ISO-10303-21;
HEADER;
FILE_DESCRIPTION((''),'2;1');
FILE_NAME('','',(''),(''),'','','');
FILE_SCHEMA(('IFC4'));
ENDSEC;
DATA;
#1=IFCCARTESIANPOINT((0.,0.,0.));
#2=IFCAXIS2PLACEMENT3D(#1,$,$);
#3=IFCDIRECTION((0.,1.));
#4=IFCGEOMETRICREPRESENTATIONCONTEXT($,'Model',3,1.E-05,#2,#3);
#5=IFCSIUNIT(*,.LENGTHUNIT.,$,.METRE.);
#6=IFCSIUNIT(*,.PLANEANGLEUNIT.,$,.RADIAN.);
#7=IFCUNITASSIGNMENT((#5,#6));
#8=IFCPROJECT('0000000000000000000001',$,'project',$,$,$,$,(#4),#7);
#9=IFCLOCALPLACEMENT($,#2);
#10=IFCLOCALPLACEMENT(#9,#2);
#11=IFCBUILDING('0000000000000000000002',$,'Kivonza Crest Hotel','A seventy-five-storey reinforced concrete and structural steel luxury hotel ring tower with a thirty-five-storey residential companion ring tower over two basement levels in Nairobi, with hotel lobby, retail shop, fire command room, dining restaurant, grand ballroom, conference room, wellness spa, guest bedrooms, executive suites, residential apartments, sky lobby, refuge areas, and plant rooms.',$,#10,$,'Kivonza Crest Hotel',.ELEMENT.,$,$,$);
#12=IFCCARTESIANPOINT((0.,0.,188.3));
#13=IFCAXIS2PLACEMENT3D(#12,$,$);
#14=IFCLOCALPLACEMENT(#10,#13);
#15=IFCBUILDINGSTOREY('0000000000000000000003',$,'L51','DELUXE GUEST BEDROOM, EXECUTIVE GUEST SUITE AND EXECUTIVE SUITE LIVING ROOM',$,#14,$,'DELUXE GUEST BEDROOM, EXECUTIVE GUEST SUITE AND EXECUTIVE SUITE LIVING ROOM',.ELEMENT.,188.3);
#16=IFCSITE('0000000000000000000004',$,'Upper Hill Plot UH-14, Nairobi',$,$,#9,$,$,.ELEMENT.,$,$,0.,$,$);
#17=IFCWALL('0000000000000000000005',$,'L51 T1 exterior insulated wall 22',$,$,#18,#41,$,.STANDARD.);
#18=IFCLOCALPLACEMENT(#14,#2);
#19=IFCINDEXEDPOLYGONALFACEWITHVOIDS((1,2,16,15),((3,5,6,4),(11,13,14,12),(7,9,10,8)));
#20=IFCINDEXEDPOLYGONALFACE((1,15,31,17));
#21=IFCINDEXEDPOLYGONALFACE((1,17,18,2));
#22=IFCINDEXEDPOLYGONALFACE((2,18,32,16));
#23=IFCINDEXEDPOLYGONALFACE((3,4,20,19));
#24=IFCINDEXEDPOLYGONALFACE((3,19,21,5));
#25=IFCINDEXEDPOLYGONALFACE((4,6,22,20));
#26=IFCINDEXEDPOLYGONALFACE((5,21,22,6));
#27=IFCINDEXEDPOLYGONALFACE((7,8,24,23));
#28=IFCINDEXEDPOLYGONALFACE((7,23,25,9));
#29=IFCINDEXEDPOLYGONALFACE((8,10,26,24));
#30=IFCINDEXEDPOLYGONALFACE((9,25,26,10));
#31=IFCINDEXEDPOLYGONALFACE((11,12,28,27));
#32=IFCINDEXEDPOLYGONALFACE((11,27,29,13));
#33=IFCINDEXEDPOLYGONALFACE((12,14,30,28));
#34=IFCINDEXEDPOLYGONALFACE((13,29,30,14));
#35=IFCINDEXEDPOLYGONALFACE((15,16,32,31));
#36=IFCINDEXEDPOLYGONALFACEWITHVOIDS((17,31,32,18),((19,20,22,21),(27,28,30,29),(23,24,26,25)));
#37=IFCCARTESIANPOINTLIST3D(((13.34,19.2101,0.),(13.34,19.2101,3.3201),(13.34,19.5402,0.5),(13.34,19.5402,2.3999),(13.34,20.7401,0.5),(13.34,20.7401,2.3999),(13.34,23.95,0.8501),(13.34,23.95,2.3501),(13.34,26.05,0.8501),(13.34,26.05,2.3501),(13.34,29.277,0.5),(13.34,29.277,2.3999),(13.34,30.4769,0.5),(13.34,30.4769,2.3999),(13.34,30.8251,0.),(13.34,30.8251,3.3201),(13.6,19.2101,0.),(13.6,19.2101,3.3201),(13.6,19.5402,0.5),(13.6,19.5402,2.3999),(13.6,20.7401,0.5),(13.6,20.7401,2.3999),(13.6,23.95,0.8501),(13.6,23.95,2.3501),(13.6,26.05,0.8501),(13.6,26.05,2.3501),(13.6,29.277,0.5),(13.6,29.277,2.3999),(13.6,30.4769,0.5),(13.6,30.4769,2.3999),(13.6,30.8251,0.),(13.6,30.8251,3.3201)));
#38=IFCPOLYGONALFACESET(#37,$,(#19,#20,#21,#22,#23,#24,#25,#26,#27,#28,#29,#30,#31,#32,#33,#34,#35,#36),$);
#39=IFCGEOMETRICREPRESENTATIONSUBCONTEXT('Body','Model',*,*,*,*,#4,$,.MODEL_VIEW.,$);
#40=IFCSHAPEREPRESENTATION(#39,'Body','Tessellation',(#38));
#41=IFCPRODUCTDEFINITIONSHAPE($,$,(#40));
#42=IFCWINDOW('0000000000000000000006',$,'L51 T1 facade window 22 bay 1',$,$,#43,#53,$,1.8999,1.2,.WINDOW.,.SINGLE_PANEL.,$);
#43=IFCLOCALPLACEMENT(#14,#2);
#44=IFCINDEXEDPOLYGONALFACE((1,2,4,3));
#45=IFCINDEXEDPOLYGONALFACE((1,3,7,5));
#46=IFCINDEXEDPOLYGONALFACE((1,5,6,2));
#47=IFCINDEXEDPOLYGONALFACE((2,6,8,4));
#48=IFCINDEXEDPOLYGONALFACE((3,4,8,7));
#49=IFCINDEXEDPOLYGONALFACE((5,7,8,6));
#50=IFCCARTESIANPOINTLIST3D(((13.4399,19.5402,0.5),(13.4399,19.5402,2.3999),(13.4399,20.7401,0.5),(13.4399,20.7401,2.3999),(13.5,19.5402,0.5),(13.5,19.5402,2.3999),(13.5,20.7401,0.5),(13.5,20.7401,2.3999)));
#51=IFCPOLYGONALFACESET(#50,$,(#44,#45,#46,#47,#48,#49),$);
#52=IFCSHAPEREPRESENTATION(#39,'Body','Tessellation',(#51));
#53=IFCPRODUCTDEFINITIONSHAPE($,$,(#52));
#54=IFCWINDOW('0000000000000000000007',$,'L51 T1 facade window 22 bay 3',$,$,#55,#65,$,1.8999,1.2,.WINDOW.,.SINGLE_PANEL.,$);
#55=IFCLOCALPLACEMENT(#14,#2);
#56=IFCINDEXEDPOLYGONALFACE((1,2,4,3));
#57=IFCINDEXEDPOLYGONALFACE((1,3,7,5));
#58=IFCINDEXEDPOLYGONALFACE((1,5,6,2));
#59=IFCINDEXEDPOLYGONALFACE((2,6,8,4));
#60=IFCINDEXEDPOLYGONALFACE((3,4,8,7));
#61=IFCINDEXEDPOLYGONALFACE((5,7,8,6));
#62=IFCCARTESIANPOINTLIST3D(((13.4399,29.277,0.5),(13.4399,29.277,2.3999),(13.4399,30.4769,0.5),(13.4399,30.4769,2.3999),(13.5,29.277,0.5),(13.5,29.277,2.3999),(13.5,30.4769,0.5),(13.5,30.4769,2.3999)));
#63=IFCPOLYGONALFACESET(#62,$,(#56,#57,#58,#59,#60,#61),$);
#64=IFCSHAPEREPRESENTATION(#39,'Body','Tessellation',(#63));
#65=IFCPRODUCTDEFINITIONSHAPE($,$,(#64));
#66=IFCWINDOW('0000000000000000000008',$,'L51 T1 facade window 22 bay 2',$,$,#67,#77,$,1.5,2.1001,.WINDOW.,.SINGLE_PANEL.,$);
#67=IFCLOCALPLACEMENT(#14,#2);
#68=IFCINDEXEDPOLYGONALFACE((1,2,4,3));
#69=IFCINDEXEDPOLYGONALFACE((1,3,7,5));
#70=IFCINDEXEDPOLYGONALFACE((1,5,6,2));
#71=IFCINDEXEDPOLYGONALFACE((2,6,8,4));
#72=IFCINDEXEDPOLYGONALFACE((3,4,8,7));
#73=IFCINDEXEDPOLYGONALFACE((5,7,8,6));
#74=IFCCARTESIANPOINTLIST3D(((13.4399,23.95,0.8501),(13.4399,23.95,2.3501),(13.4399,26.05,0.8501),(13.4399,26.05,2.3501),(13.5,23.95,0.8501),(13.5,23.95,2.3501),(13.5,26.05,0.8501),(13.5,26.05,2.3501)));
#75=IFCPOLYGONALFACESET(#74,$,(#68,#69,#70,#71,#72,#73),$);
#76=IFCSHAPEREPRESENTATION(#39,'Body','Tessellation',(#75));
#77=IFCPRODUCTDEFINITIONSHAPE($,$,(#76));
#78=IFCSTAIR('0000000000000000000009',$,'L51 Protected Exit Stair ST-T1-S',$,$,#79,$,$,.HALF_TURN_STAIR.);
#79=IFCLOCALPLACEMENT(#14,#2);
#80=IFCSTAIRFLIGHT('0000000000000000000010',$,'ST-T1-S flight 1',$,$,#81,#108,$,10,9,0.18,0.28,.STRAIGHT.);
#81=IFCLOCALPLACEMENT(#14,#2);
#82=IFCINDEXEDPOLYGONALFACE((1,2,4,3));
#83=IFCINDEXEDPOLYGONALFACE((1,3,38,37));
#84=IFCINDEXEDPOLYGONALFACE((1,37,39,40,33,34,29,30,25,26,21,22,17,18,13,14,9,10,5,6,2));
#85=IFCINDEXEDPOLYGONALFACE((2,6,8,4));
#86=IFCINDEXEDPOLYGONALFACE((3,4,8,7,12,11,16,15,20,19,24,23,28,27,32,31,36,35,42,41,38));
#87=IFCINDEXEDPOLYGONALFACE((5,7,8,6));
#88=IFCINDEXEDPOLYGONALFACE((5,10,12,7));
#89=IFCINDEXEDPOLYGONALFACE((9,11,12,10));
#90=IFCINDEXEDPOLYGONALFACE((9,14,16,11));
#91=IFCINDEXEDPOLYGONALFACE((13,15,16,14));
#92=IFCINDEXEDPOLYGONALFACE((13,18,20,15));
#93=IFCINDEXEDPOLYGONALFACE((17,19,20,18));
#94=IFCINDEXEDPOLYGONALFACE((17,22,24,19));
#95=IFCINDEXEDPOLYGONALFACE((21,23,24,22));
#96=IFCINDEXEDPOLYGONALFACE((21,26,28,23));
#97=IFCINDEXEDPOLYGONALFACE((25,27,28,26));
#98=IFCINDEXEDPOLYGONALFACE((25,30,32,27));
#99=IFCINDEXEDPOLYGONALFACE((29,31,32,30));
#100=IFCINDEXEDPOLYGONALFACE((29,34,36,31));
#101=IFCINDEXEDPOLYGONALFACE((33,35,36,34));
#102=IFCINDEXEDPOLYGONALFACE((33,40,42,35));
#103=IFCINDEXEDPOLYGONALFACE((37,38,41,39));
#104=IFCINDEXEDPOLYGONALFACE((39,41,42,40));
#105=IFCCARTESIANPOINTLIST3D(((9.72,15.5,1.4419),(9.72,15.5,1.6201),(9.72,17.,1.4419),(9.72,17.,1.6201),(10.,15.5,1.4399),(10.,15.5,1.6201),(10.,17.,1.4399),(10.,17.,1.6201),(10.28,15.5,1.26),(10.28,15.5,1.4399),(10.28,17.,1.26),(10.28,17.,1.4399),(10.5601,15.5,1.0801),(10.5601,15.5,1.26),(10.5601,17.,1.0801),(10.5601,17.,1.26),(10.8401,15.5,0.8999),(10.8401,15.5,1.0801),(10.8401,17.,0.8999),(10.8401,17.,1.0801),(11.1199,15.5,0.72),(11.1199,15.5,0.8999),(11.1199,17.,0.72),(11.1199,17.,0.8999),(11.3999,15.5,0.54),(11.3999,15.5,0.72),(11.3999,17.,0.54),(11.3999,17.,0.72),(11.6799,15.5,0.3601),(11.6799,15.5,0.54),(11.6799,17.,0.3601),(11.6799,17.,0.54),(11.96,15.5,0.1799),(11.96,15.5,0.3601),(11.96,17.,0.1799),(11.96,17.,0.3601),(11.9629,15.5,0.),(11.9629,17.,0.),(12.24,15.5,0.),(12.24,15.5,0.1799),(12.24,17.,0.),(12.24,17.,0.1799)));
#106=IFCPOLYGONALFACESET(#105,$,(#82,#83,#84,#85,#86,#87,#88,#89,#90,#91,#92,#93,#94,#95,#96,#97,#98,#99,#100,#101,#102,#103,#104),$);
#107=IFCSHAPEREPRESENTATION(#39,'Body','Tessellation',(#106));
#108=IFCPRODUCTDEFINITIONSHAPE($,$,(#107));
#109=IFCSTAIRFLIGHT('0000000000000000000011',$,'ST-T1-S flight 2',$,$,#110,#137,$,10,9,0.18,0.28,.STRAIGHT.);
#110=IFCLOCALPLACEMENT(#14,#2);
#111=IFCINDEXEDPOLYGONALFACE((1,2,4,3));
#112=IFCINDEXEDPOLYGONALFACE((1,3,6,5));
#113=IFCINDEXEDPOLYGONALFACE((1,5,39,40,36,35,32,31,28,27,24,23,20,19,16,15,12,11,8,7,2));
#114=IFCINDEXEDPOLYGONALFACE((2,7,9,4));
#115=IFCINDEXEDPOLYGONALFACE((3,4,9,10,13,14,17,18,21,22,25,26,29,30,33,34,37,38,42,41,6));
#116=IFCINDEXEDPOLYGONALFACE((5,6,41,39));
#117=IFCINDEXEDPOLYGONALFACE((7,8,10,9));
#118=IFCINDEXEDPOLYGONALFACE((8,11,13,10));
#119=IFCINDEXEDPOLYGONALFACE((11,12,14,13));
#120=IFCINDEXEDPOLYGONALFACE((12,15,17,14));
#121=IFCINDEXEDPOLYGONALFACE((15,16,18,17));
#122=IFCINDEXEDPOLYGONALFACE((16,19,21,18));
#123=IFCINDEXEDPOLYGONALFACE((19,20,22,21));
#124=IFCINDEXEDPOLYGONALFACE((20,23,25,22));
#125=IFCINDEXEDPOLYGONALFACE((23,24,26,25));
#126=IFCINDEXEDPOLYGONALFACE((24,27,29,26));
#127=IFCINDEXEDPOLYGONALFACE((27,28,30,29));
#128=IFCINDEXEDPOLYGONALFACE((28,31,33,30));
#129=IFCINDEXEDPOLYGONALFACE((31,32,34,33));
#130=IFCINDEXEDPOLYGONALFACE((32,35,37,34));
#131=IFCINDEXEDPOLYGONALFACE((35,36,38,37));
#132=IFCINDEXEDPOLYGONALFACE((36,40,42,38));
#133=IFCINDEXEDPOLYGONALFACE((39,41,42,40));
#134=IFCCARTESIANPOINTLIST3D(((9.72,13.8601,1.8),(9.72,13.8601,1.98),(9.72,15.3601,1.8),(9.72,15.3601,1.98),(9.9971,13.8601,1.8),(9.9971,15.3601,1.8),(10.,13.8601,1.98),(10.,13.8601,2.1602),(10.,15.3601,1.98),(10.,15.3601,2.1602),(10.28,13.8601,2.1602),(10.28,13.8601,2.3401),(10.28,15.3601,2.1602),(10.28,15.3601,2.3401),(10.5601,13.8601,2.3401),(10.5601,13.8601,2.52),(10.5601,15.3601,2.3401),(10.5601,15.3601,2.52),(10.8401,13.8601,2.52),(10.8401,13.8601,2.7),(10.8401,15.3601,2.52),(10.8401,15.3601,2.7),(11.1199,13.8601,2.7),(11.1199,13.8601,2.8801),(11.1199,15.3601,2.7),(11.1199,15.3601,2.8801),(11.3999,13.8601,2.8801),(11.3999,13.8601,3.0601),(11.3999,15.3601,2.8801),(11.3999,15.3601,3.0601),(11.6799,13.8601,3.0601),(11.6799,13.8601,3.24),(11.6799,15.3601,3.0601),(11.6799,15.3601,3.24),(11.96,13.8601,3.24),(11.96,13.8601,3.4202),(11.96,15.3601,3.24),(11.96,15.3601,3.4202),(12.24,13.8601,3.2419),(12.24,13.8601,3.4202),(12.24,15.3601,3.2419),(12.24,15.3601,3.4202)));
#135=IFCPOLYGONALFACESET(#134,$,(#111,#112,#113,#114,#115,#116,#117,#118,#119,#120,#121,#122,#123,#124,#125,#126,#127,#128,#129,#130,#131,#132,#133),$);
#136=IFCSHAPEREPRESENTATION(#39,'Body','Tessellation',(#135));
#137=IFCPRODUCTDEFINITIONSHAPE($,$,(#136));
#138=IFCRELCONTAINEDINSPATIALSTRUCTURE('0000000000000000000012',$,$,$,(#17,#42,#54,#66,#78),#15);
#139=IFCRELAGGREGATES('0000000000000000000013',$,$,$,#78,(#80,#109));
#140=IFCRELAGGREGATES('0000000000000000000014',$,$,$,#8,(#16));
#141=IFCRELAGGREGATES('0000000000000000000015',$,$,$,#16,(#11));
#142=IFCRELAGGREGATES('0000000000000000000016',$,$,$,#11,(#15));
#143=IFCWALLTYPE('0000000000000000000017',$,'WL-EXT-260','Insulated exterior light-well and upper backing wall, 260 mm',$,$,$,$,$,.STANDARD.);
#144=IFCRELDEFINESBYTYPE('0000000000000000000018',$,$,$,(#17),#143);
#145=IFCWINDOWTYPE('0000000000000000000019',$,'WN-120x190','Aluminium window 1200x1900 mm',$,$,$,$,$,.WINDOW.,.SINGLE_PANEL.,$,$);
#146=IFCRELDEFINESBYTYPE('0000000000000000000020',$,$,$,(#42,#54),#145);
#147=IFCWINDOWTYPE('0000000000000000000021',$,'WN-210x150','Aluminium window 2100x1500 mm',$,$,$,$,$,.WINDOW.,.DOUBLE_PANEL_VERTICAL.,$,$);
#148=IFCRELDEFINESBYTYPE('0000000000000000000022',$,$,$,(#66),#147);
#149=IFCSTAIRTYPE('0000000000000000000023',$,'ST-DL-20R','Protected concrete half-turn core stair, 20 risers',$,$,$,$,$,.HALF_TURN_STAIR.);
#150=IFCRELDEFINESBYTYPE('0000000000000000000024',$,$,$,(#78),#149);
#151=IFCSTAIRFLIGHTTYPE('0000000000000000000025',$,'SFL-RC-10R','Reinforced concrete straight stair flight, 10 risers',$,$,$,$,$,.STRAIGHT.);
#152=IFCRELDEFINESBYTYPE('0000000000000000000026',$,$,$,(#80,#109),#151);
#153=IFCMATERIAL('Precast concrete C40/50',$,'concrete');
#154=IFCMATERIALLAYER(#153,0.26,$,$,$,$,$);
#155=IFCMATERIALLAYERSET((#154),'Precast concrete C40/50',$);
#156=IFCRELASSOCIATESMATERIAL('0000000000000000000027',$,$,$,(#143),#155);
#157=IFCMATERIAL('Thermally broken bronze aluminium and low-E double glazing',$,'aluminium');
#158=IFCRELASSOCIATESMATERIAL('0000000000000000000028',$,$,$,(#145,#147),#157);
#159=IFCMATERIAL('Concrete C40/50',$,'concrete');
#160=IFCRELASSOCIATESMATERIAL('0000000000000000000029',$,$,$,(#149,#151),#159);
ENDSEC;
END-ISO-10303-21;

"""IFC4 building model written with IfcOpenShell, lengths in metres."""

from ifc_helpers import new_model, si_unit, direction, frame, frame_2d, origin, place, context, subcontext, project, spatial, polyline, rectangle, outline, extrude, material, layer, layer_set, type_object, element, fill, aggregate, save


model = new_model("IFC4")

# Units and contexts
model_context = context("Model", 3, precision=1e-05, world=origin(), true_north=direction((0.0, 1.0)))
body_context = subcontext(model_context, "Body", "Model", "MODEL_VIEW")
ifc_project = project(units=[si_unit("LENGTHUNIT", "METRE"), si_unit("PLANEANGLEUNIT", "RADIAN")], contexts=[model_context])

# Site, building, storey
site_placement = place(None, origin())
site = spatial("IfcSite", under=ifc_project, at=site_placement, Name="Upper Hill Plot UH-14, Nairobi", CompositionType="ELEMENT", RefElevation=0.0)
building_placement = place(site_placement, origin())
building = spatial("IfcBuilding", under=site, at=building_placement, Name="Kivonza Crest Hotel", Description="A seventy-five-storey reinforced concrete and structural steel luxury hotel ring tower with a thirty-five-storey residential companion ring tower over two basement levels in Nairobi, with hotel lobby, retail shop, fire command room, dining restaurant, grand ballroom, conference room, wellness spa, guest bedrooms, executive suites, residential apartments, sky lobby, refuge areas, and plant rooms.", LongName="Kivonza Crest Hotel", CompositionType="ELEMENT")
storey_placement = place(building_placement, frame((0.0, 0.0, 188.3)))
storey = spatial("IfcBuildingStorey", under=building, at=storey_placement, Name="L51", Description="DELUXE GUEST BEDROOM, EXECUTIVE GUEST SUITE AND EXECUTIVE SUITE LIVING ROOM", LongName="DELUXE GUEST BEDROOM, EXECUTIVE GUEST SUITE AND EXECUTIVE SUITE LIVING ROOM", CompositionType="ELEMENT", Elevation=188.3)

# Shared definitions
ifc_material_1 = material(Name="Precast concrete C40/50", Category="concrete")
ifc_layer_1 = layer(ifc_material_1, 0.26)
ifc_layer_set_1 = layer_set([ifc_layer_1], Name="Precast concrete C40/50")
wall_type_1 = type_object("IfcWallType", Name="WL-EXT-260", Description="Insulated exterior light-well and upper backing wall, 260 mm", PredefinedType="STANDARD", material=ifc_layer_set_1)
ifc_material_2 = material(Name="Thermally broken bronze aluminium and low-E double glazing", Category="aluminium")

# Wall, openings, windows
wall_1_placement = place(storey_placement, frame((13.47, 19.21, 0.0), z_axis=(0.0, 0.0, 1.0), x_axis=(0.0, 1.0, 0.0)))
wall_1 = element("IfcWall", 1, at=wall_1_placement, inside=storey, type_object=wall_type_1, Name="L51 T1 exterior insulated wall 22", PredefinedType="STANDARD", context=body_context, shape_type="SweptSolid", body=[
    extrude(rectangle(XDim=11.615, YDim=0.26, at=frame_2d((5.8076, 0.0))), origin(), (0.0, 0.0, 1.0), 3.3201),
])
opening_1_placement = place(wall_1_placement, frame((0.3301, 0.0, 0.5)))
opening_1 = element("IfcOpeningElement", 2, at=opening_1_placement, cuts=wall_1, PredefinedType="OPENING", context=body_context, shape_type="SweptSolid", body=[
    extrude(rectangle(XDim=1.2, YDim=1.8999, at=frame_2d((0.6001, 0.95))), frame((0.0, 0.1401, 0.0), z_axis=(0.0, -1.0, 0.0), x_axis=(1.0, 0.0, 0.0)), (0.0, 0.0, 1.0), 0.28),
])
opening_2_placement = place(wall_1_placement, frame((4.74, 0.0, 0.8501)))
opening_2 = element("IfcOpeningElement", 3, at=opening_2_placement, cuts=wall_1, PredefinedType="OPENING", context=body_context, shape_type="SweptSolid", body=[
    extrude(rectangle(XDim=2.1001, YDim=1.5, at=frame_2d((1.05, 0.75))), frame((0.0, 0.1401, 0.0), z_axis=(0.0, -1.0, 0.0), x_axis=(1.0, 0.0, 0.0)), (0.0, 0.0, 1.0), 0.28),
])
opening_3_placement = place(wall_1_placement, frame((10.0669, 0.0, 0.5)))
opening_3 = element("IfcOpeningElement", 4, at=opening_3_placement, cuts=wall_1, PredefinedType="OPENING", context=body_context, shape_type="SweptSolid", body=[
    extrude(rectangle(XDim=1.2, YDim=1.8999, at=frame_2d((0.6001, 0.95))), frame((0.0, 0.1401, 0.0), z_axis=(0.0, -1.0, 0.0), x_axis=(1.0, 0.0, 0.0)), (0.0, 0.0, 1.0), 0.28),
])
window_type_1 = type_object("IfcWindowType", Name="WN-120x190", Description="Aluminium window 1200x1900 mm", PartitioningType="SINGLE_PANEL", PredefinedType="WINDOW", material=ifc_material_2)
window_1_placement = place(opening_1_placement, origin())
window_1 = element("IfcWindow", 5, at=window_1_placement, inside=storey, type_object=window_type_1, Name="L51 T1 facade window 22 bay 1", OverallHeight=1.8999, OverallWidth=1.2, PartitioningType="SINGLE_PANEL", PredefinedType="WINDOW", context=body_context, shape_type="SweptSolid", body=[
    extrude(rectangle(XDim=1.2, YDim=1.8999, at=frame_2d((0.6001, 0.95))), frame((0.0, 0.03, 0.0), z_axis=(0.0, -1.0, 0.0), x_axis=(1.0, 0.0, 0.0)), (0.0, 0.0, 1.0), 0.0601),
])
fill(opening_1, window_1)
window_2_placement = place(opening_3_placement, origin())
window_2 = element("IfcWindow", 6, at=window_2_placement, inside=storey, type_object=window_type_1, Name="L51 T1 facade window 22 bay 3", OverallHeight=1.8999, OverallWidth=1.2, PartitioningType="SINGLE_PANEL", PredefinedType="WINDOW", context=body_context, shape_type="SweptSolid", body=[
    extrude(rectangle(XDim=1.2, YDim=1.8999, at=frame_2d((0.6001, 0.95))), frame((0.0, 0.03, 0.0), z_axis=(0.0, -1.0, 0.0), x_axis=(1.0, 0.0, 0.0)), (0.0, 0.0, 1.0), 0.0601),
])
fill(opening_3, window_2)
window_type_2 = type_object("IfcWindowType", Name="WN-210x150", Description="Aluminium window 2100x1500 mm", PartitioningType="DOUBLE_PANEL_VERTICAL", PredefinedType="WINDOW", material=ifc_material_2)
window_3_placement = place(opening_2_placement, origin())
window_3 = element("IfcWindow", 7, at=window_3_placement, inside=storey, type_object=window_type_2, Name="L51 T1 facade window 22 bay 2", OverallHeight=1.5, OverallWidth=2.1001, PartitioningType="SINGLE_PANEL", PredefinedType="WINDOW", context=body_context, shape_type="SweptSolid", body=[
    extrude(rectangle(XDim=2.1001, YDim=1.5, at=frame_2d((1.05, 0.75))), frame((0.0, 0.03, 0.0), z_axis=(0.0, -1.0, 0.0), x_axis=(1.0, 0.0, 0.0)), (0.0, 0.0, 1.0), 0.0601),
])
fill(opening_2, window_3)

# Stair, stair flights
ifc_material_3 = material(Name="Concrete C40/50", Category="concrete")
stair_type = type_object("IfcStairType", Name="ST-DL-20R", Description="Protected concrete half-turn core stair, 20 risers", PredefinedType="HALF_TURN_STAIR", material=ifc_material_3)
stair_placement = place(storey_placement, origin())
stair = element("IfcStair", 8, at=stair_placement, inside=storey, type_object=stair_type, Name="L51 Protected Exit Stair ST-T1-S", PredefinedType="HALF_TURN_STAIR")
stair_flight_type = type_object("IfcStairFlightType", Name="SFL-RC-10R", Description="Reinforced concrete straight stair flight, 10 risers", PredefinedType="STRAIGHT", material=ifc_material_3)
stair_flight_1_placement = place(storey_placement, frame((12.24, 16.25, 0.0), z_axis=(0.0, 0.0, 1.0), x_axis=(-1.0, 0.0, 0.0)))
stair_flight_1 = element("IfcStairFlight", 9, at=stair_flight_1_placement, type_object=stair_flight_type, Name="ST-T1-S flight 1", NumberOfRisers=10, NumberOfTreads=9, PredefinedType="STRAIGHT", RiserHeight=0.18, TreadLength=0.28, context=body_context, shape_type="SweptSolid", body=[
    extrude(outline(polyline([(0.0, 0.0), (0.0, 0.1799), (0.28, 0.1799), (0.28, 0.3601), (0.5601, 0.3601), (0.5601, 0.54), (0.8401, 0.54), (0.8401, 0.72), (1.1201, 0.72), (1.1201, 0.8999), (1.3999, 0.8999), (1.3999, 1.0801), (1.6799, 1.0801), (1.6799, 1.26), (1.96, 1.26), (1.96, 1.4399), (2.24, 1.4399), (2.24, 1.6201), (2.52, 1.6201), (2.52, 1.8), (2.52, 1.4419), (0.2771, 0.0), (0.0, 0.0)])), frame((0.0, 0.75, 0.0), z_axis=(0.0, -1.0, 0.0), x_axis=(1.0, 0.0, 0.0)), (0.0, 0.0, 1.0), 1.5),
])
stair_flight_2_placement = place(storey_placement, frame((9.72, 14.6101, 1.8), z_axis=(0.0, 0.0, 1.0), x_axis=(1.0, 0.0, 0.0)))
stair_flight_2 = element("IfcStairFlight", 10, at=stair_flight_2_placement, type_object=stair_flight_type, Name="ST-T1-S flight 2", NumberOfRisers=10, NumberOfTreads=9, PredefinedType="STRAIGHT", RiserHeight=0.18, TreadLength=0.28, context=body_context, shape_type="SweptSolid", body=[
    extrude(outline(polyline([(0.0, 0.0), (0.0, 0.1799), (0.28, 0.1799), (0.28, 0.3601), (0.5601, 0.3601), (0.5601, 0.54), (0.8401, 0.54), (0.8401, 0.72), (1.1201, 0.72), (1.1201, 0.8999), (1.3999, 0.8999), (1.3999, 1.0801), (1.6799, 1.0801), (1.6799, 1.26), (1.96, 1.26), (1.96, 1.4399), (2.24, 1.4399), (2.24, 1.6201), (2.52, 1.6201), (2.52, 1.8), (2.52, 1.4419), (0.2771, 0.0), (0.0, 0.0)])), frame((0.0, 0.75, 0.0), z_axis=(0.0, -1.0, 0.0), x_axis=(1.0, 0.0, 0.0)), (0.0, 0.0, 1.0), 1.5),
])
aggregate(stair, [stair_flight_1, stair_flight_2])

save(model, "model.ifc")
